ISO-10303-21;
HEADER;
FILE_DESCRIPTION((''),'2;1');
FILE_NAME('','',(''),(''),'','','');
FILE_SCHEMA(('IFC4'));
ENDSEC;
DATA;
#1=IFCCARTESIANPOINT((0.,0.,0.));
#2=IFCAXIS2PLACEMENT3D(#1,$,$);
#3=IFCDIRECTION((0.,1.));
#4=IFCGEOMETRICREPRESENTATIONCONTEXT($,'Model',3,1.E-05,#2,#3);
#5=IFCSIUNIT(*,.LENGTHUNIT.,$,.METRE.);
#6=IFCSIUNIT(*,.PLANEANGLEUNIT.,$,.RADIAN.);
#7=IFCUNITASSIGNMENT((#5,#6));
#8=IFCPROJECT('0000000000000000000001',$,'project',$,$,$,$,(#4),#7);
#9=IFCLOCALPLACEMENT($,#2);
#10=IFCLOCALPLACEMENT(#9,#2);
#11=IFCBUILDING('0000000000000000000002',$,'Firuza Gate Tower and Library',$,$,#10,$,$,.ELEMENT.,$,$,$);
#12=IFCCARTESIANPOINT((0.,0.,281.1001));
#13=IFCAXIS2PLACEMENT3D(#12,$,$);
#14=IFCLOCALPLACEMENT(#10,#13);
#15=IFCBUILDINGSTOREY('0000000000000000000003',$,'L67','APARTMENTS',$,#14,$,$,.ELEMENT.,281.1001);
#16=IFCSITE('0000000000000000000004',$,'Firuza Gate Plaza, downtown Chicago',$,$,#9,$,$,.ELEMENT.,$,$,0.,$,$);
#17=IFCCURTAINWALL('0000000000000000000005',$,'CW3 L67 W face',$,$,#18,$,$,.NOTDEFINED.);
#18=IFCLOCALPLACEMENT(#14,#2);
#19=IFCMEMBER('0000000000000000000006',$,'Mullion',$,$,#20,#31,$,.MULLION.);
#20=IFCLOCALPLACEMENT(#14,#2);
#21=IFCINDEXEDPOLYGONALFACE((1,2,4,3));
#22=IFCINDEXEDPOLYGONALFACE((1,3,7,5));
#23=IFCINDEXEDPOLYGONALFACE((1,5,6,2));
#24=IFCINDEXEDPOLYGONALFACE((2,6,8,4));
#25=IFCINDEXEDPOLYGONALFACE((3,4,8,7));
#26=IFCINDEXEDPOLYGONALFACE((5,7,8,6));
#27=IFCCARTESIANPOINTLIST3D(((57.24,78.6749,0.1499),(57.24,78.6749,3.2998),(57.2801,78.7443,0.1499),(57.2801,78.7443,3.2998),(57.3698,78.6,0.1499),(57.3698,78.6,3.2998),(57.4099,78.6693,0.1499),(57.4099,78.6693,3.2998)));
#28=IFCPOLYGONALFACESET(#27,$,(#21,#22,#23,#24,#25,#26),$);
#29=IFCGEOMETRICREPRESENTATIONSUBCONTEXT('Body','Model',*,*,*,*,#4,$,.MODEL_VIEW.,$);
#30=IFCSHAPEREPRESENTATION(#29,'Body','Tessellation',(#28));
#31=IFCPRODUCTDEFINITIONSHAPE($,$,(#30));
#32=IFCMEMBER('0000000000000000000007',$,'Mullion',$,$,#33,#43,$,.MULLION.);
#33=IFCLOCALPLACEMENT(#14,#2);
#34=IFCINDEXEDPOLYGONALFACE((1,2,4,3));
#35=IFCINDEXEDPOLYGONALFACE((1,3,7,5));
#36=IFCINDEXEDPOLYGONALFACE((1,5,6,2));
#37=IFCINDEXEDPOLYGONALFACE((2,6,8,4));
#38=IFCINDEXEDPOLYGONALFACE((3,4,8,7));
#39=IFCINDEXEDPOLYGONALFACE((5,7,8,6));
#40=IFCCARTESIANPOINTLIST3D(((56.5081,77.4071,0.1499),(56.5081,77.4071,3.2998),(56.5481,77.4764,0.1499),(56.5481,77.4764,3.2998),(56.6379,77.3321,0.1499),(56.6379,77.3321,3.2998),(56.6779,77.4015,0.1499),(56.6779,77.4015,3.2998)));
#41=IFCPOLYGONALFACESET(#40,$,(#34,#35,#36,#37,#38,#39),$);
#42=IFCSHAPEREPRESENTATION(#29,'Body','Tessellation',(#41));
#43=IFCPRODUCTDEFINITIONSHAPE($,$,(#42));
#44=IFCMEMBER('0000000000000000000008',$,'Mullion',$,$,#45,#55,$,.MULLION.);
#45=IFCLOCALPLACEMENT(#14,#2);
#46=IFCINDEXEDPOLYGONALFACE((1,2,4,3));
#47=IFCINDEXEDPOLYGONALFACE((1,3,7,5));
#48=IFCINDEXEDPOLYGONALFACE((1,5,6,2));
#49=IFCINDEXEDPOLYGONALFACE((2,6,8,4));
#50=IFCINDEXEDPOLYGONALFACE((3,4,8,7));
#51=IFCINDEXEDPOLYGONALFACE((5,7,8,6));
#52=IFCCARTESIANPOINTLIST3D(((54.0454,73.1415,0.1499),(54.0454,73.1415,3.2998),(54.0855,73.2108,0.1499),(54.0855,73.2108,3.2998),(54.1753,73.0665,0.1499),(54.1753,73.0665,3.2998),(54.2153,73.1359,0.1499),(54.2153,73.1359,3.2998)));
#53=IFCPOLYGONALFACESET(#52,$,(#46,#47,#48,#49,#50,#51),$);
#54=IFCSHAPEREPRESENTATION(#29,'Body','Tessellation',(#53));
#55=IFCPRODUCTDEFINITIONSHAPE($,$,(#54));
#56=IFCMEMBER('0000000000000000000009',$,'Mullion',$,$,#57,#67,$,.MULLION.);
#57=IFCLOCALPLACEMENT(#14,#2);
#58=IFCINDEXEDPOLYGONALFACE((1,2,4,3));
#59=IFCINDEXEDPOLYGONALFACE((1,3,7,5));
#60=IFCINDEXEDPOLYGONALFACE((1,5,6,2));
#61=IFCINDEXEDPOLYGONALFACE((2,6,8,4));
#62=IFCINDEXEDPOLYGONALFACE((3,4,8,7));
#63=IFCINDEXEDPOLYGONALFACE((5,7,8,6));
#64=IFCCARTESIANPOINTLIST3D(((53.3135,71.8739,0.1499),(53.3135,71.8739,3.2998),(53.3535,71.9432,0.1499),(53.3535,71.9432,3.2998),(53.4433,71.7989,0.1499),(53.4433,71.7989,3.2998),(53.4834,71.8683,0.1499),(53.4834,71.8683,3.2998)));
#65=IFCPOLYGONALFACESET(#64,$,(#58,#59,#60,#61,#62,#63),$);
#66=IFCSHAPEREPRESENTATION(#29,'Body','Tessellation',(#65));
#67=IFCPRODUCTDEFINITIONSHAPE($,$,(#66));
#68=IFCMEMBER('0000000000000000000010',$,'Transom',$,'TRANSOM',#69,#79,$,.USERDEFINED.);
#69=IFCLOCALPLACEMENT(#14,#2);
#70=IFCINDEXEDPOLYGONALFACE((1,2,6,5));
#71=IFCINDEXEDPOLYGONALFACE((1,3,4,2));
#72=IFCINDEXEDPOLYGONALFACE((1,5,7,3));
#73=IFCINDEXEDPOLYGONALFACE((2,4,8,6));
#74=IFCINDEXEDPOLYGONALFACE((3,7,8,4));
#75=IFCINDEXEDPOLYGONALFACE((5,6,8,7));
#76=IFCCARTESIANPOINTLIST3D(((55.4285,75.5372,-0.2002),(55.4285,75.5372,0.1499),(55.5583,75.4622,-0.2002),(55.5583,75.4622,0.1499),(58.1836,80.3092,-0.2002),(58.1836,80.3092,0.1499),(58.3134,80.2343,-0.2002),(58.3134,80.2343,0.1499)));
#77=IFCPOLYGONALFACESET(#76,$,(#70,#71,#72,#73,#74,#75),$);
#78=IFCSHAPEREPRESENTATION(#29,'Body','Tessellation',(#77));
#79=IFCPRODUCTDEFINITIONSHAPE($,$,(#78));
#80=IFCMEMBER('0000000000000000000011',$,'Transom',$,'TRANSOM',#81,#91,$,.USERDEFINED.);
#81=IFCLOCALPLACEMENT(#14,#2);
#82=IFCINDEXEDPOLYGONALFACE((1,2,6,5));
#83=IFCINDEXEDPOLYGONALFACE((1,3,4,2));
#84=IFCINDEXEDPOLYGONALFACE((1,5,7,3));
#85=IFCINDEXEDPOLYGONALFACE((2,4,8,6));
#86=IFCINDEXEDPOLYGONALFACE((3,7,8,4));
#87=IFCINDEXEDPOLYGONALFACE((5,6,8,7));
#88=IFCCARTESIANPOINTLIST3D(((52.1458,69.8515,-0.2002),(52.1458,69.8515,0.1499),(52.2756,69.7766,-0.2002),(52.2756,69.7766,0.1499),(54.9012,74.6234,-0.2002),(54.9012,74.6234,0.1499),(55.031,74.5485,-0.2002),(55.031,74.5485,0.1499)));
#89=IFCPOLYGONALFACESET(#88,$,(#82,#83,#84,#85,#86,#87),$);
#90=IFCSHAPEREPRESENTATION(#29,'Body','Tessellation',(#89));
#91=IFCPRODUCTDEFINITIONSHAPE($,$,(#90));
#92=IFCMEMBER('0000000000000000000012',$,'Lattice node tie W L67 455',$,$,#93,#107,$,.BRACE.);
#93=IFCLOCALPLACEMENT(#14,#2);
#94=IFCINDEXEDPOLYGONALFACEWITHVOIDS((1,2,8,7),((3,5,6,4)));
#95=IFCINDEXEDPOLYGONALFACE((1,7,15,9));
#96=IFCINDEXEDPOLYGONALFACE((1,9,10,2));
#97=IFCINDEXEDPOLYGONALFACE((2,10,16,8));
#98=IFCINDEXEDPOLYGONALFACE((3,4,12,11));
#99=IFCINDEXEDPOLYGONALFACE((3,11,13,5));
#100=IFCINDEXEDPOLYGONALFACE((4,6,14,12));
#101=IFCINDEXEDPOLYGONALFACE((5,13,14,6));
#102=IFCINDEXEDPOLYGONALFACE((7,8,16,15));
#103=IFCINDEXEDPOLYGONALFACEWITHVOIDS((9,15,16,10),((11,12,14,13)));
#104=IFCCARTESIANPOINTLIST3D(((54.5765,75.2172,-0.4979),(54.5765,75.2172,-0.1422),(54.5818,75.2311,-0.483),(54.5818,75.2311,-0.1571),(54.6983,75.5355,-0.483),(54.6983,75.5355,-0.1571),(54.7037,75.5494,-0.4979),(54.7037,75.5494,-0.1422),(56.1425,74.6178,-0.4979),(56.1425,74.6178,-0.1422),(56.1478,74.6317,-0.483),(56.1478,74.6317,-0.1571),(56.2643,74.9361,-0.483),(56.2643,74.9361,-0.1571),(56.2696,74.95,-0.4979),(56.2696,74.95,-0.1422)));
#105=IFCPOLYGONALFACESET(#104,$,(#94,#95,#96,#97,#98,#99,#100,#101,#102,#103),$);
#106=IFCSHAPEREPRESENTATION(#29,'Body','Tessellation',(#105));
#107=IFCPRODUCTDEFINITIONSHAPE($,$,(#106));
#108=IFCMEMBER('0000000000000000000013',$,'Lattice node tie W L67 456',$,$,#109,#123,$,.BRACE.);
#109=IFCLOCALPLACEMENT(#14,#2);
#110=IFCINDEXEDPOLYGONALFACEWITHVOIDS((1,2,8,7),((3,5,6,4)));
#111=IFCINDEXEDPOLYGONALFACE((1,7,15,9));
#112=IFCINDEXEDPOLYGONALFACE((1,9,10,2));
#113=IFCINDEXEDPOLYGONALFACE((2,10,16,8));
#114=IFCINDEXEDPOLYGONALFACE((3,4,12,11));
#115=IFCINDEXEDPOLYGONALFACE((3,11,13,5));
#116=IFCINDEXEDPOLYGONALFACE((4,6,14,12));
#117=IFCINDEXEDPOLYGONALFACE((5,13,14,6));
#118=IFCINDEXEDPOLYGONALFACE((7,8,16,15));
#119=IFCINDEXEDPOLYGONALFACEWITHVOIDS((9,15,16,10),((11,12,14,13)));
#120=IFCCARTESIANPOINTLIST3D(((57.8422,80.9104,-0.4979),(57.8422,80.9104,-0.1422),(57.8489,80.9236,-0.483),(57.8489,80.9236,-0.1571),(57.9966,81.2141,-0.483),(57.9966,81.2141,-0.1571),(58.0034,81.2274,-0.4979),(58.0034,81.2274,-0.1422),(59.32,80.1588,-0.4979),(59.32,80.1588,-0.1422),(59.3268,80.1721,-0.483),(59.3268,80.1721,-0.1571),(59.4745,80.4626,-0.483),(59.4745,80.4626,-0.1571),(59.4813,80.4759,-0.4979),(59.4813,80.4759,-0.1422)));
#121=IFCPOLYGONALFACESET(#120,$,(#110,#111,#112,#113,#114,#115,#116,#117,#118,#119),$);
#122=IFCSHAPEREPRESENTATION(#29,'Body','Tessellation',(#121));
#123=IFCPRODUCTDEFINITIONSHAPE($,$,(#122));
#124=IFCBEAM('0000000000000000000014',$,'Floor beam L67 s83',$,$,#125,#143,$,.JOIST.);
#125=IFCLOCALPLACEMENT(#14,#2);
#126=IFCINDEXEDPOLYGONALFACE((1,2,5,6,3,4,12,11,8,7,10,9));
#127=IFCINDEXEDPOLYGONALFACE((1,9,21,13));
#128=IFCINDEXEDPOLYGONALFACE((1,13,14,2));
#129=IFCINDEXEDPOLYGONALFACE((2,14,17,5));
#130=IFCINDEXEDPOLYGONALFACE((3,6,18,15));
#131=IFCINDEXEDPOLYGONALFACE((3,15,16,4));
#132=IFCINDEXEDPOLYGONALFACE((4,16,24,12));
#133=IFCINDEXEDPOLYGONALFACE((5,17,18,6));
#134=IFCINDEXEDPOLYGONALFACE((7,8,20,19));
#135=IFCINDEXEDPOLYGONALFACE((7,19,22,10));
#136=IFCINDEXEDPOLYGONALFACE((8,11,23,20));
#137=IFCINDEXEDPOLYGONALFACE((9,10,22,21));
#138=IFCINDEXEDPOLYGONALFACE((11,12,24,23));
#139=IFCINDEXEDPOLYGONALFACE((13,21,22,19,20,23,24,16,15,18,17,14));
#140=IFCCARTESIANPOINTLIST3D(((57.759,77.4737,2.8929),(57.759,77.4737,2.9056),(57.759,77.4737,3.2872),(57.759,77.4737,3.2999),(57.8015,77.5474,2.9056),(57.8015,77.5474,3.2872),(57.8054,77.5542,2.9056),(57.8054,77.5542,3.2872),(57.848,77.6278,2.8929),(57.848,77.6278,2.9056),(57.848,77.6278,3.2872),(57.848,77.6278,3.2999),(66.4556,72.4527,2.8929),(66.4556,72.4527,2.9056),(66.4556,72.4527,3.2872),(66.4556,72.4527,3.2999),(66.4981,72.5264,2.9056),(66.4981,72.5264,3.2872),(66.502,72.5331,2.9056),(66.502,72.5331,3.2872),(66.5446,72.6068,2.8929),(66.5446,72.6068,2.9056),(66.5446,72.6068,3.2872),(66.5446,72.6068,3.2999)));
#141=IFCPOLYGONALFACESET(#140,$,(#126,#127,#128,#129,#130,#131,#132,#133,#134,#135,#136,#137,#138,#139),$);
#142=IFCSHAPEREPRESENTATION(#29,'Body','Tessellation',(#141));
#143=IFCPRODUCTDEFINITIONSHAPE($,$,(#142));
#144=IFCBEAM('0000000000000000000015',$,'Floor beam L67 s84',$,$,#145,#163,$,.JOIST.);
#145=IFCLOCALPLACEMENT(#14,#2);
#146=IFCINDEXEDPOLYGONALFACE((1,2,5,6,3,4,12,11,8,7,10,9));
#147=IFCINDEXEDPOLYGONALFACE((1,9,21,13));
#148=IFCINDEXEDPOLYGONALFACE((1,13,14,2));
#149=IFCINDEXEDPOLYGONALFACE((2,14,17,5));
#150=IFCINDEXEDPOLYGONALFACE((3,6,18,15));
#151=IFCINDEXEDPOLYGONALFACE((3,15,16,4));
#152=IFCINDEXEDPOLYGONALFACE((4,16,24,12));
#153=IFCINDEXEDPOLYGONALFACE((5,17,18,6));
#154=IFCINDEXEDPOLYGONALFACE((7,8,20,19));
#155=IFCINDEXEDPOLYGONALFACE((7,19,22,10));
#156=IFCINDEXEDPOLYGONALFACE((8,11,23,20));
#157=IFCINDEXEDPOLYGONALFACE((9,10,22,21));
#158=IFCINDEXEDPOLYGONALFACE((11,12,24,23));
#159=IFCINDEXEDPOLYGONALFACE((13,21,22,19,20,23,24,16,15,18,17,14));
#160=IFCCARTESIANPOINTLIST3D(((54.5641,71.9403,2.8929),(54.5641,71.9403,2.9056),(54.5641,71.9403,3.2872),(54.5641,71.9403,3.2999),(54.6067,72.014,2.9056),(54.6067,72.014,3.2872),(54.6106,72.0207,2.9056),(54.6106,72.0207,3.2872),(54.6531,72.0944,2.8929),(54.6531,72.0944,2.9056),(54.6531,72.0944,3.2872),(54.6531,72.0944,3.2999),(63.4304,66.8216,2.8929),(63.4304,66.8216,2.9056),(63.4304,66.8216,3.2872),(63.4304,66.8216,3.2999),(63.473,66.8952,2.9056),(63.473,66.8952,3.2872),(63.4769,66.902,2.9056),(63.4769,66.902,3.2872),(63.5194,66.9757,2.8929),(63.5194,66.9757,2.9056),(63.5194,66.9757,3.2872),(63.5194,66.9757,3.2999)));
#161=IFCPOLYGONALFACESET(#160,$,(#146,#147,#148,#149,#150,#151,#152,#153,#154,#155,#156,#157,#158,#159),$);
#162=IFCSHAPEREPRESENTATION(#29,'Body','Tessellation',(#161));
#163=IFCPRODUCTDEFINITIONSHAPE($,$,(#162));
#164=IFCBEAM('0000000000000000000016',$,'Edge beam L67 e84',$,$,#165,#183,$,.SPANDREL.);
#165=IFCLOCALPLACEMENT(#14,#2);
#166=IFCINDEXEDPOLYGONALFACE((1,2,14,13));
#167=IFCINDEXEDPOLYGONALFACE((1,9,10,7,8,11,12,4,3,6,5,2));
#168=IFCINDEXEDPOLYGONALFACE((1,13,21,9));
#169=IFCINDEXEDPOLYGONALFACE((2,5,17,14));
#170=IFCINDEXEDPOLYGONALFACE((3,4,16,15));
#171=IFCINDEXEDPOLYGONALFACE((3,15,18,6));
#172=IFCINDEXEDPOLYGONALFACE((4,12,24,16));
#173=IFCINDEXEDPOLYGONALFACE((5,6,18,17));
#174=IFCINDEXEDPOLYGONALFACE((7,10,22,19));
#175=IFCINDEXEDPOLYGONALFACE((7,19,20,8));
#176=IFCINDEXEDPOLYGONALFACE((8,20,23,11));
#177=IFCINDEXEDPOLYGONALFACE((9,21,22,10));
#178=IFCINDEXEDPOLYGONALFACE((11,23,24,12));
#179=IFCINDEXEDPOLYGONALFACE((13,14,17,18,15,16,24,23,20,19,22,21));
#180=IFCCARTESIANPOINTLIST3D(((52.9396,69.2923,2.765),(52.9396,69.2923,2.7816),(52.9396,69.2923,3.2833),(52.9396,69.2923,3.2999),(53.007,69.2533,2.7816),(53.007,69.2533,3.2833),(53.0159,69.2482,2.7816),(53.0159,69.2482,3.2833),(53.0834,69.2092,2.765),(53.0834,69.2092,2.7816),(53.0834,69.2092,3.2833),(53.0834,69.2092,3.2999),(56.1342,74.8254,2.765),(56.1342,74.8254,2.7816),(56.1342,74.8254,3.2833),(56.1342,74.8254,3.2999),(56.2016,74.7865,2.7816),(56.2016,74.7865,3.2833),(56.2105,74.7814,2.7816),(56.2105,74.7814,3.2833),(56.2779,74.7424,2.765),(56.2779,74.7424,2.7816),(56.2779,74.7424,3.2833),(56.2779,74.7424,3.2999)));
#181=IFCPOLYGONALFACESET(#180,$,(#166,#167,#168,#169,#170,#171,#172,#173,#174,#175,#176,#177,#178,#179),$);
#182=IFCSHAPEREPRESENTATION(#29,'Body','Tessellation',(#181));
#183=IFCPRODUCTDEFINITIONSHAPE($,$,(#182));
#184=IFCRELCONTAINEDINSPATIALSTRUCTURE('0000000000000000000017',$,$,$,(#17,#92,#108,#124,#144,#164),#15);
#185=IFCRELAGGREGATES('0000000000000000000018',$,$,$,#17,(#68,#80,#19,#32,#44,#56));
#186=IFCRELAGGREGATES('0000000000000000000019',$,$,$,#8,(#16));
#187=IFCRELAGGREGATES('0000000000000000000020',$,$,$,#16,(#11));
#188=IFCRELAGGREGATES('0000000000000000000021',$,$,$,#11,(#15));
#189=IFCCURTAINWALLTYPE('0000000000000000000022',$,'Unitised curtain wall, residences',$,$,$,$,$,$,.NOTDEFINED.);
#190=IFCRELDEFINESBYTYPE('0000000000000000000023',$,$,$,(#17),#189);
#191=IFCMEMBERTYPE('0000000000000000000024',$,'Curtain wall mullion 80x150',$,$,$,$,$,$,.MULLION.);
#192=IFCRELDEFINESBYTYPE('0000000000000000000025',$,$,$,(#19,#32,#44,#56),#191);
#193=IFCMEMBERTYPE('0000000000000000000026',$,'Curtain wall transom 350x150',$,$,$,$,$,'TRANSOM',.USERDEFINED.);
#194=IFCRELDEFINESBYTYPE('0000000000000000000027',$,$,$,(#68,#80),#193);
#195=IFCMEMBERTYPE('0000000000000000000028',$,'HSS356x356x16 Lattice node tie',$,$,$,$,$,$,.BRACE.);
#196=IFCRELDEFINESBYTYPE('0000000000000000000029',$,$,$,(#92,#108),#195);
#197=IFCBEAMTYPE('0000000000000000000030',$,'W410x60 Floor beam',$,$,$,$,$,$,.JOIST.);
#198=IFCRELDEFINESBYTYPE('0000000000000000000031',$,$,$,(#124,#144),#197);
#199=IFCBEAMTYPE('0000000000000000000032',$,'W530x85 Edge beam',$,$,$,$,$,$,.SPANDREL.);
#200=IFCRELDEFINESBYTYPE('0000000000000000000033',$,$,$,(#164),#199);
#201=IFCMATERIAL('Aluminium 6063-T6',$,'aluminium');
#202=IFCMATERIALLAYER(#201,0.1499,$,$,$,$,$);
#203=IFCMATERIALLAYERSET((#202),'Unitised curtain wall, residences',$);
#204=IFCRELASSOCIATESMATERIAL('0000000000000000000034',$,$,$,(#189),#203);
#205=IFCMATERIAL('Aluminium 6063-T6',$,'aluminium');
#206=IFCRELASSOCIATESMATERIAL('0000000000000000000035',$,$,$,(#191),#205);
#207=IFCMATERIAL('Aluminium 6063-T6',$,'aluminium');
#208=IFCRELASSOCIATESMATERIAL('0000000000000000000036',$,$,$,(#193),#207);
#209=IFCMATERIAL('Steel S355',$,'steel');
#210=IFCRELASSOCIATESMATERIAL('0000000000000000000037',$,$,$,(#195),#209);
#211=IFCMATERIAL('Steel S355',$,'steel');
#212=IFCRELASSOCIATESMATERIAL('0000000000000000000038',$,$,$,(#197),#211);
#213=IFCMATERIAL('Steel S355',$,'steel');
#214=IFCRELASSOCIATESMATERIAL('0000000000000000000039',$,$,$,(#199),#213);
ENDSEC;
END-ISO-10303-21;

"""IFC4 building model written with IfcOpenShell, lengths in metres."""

from ifc_helpers import new_model, si_unit, direction, frame, origin, origin_2d, place, context, subcontext, project, spatial, rectangle, hollow_rectangle, i_section, extrude, material, layer, layer_set, material_profile, profile_set, type_object, element, aggregate, save


model = new_model("IFC4")

# Units and contexts
model_context = context("Model", 3, precision=1e-05, world=origin(), true_north=direction((0.0, 1.0)))
body_context = subcontext(model_context, "Body", "Model", "MODEL_VIEW")
ifc_project = project(units=[si_unit("LENGTHUNIT", "METRE"), si_unit("PLANEANGLEUNIT", "RADIAN")], contexts=[model_context])

# Site, building, storey
site_placement = place(None, origin())
site = spatial("IfcSite", under=ifc_project, at=site_placement, Name="Firuza Gate Plaza, downtown Chicago", CompositionType="ELEMENT", RefElevation=0.0)
building_placement = place(site_placement, origin())
building = spatial("IfcBuilding", under=site, at=building_placement, Name="Firuza Gate Tower and Library", CompositionType="ELEMENT")
storey_placement = place(building_placement, frame((0.0, 0.0, 281.1001)))
storey = spatial("IfcBuildingStorey", under=building, at=storey_placement, Name="L67", Description="APARTMENTS", CompositionType="ELEMENT", Elevation=281.1001)

# Curtain wall, members
ifc_material_1 = material(Name="Aluminium 6063-T6", Category="aluminium")
ifc_layer_1 = layer(ifc_material_1, 0.1499)
ifc_layer_set_1 = layer_set([ifc_layer_1], Name="Unitised curtain wall, residences")
curtain_wall_type = type_object("IfcCurtainWallType", Name="Unitised curtain wall, residences", PredefinedType="NOTDEFINED", material=ifc_layer_set_1)
curtain_wall_placement = place(storey_placement, origin())
curtain_wall = element("IfcCurtainWall", 1, at=curtain_wall_placement, inside=storey, type_object=curtain_wall_type, Name="CW3 L67 W face", PredefinedType="NOTDEFINED")
ifc_material_2 = material(Name="Aluminium 6063-T6", Category="aluminium")
ifc_material_profile_1 = material_profile(ifc_material_2, rectangle(XDim=0.1499, YDim=0.0801, at=origin_2d()))
ifc_profile_set_1 = profile_set([ifc_material_profile_1], Name="Aluminium 6063-T6")
member_type_1 = type_object("IfcMemberType", Name="Curtain wall mullion 80x150", PredefinedType="MULLION", material=ifc_profile_set_1)
member_1_placement = place(storey_placement, frame((57.325, 78.6721, 0.1499), z_axis=(0.0, 0.0, 1.0), x_axis=(0.866025, -0.5, 0.0)))
member_1 = element("IfcMember", 2, at=member_1_placement, type_object=member_type_1, Name="Mullion", PredefinedType="MULLION", context=body_context, shape_type="SweptSolid", body=[
    extrude(rectangle(XDim=0.1499, YDim=0.0801, at=origin_2d()), origin(), (0.0, 0.0, 1.0), 3.1499),
])
member_2_placement = place(storey_placement, frame((56.593, 77.4043, 0.1499), z_axis=(0.0, 0.0, 1.0), x_axis=(0.866025, -0.5, 0.0)))
member_2 = element("IfcMember", 3, at=member_2_placement, type_object=member_type_1, Name="Mullion", PredefinedType="MULLION", context=body_context, shape_type="SweptSolid", body=[
    extrude(rectangle(XDim=0.1499, YDim=0.0801, at=origin_2d()), origin(), (0.0, 0.0, 1.0), 3.1499),
])
member_3_placement = place(storey_placement, frame((54.1304, 73.1387, 0.1499), z_axis=(0.0, 0.0, 1.0), x_axis=(0.866025, -0.5, 0.0)))
member_3 = element("IfcMember", 4, at=member_3_placement, type_object=member_type_1, Name="Mullion", PredefinedType="MULLION", context=body_context, shape_type="SweptSolid", body=[
    extrude(rectangle(XDim=0.1499, YDim=0.0801, at=origin_2d()), origin(), (0.0, 0.0, 1.0), 3.1499),
])
member_4_placement = place(storey_placement, frame((53.3984, 71.8711, 0.1499), z_axis=(0.0, 0.0, 1.0), x_axis=(0.866025, -0.5, 0.0)))
member_4 = element("IfcMember", 5, at=member_4_placement, type_object=member_type_1, Name="Mullion", PredefinedType="MULLION", context=body_context, shape_type="SweptSolid", body=[
    extrude(rectangle(XDim=0.1499, YDim=0.0801, at=origin_2d()), origin(), (0.0, 0.0, 1.0), 3.1499),
])
ifc_material_3 = material(Name="Aluminium 6063-T6", Category="aluminium")
ifc_material_profile_2 = material_profile(ifc_material_3, rectangle(XDim=0.1499, YDim=0.3501, at=origin_2d()))
ifc_profile_set_2 = profile_set([ifc_material_profile_2], Name="Aluminium 6063-T6")
member_type_2 = type_object("IfcMemberType", Name="Curtain wall transom 350x150", ElementType="TRANSOM", PredefinedType="USERDEFINED", material=ifc_profile_set_2)
member_5_placement = place(storey_placement, frame((58.2485, 80.2717, -0.0251), z_axis=(-0.500004, -0.866023, 0.0), x_axis=(0.866023, -0.500004, 0.0)))
member_5 = element("IfcMember", 6, at=member_5_placement, type_object=member_type_2, Name="Transom", ObjectType="TRANSOM", PredefinedType="USERDEFINED", context=body_context, shape_type="SweptSolid", body=[
    extrude(rectangle(XDim=0.1499, YDim=0.3501, at=origin_2d()), origin(), (0.0, 0.0, 1.0), 5.5103),
])
member_6_placement = place(storey_placement, frame((54.9661, 74.5859, -0.0251), z_axis=(-0.500037, -0.866004, 0.0), x_axis=(0.866004, -0.500037, 0.0)))
member_6 = element("IfcMember", 7, at=member_6_placement, type_object=member_type_2, Name="Transom", ObjectType="TRANSOM", PredefinedType="USERDEFINED", context=body_context, shape_type="SweptSolid", body=[
    extrude(rectangle(XDim=0.1499, YDim=0.3501, at=origin_2d()), origin(), (0.0, 0.0, 1.0), 5.5103),
])

# Members
ifc_material_4 = material(Name="Steel S355", Category="steel")
ifc_material_profile_3 = material_profile(ifc_material_4, hollow_rectangle(XDim=0.3557, YDim=0.3557, WallThickness=0.0149, at=origin_2d()))
ifc_profile_set_3 = profile_set([ifc_material_profile_3], Name="Steel S355")
member_type_3 = type_object("IfcMemberType", Name="HSS356x356x16 Lattice node tie", PredefinedType="BRACE", material=ifc_profile_set_3)
member_7_placement = place(storey_placement, frame((56.2061, 74.7839, -0.3201), z_axis=(-0.933926, 0.357466, 0.0), x_axis=(-0.357466, -0.933926, 0.0)))
element("IfcMember", 8, at=member_7_placement, inside=storey, type_object=member_type_3, Name="Lattice node tie W L67 455", PredefinedType="BRACE", context=body_context, shape_type="SweptSolid", body=[
    extrude(hollow_rectangle(XDim=0.3557, YDim=0.3557, WallThickness=0.0149, at=origin_2d()), origin(), (0.0, 0.0, 1.0), 1.6768),
])
member_8_placement = place(storey_placement, frame((59.4006, 80.3174, -0.3201), z_axis=(-0.891373, 0.45327, 0.0), x_axis=(-0.45327, -0.891373, 0.0)))
element("IfcMember", 9, at=member_8_placement, inside=storey, type_object=member_type_3, Name="Lattice node tie W L67 456", PredefinedType="BRACE", context=body_context, shape_type="SweptSolid", body=[
    extrude(hollow_rectangle(XDim=0.3557, YDim=0.3557, WallThickness=0.0149, at=origin_2d()), origin(), (0.0, 0.0, 1.0), 1.658),
])

# Beams
ifc_material_5 = material(Name="Steel S355", Category="steel")
ifc_material_profile_4 = material_profile(ifc_material_5, i_section(OverallWidth=0.178, OverallDepth=0.407, WebThickness=0.0078, FlangeThickness=0.0127, at=origin_2d()))
ifc_profile_set_4 = profile_set([ifc_material_profile_4], Name="Steel S355")
beam_type_1 = type_object("IfcBeamType", Name="W410x60 Floor beam", PredefinedType="JOIST", material=ifc_profile_set_4)
beam_1_placement = place(storey_placement, frame((57.8035, 77.5508, 3.0964), z_axis=(0.866023, -0.500004, 0.0), x_axis=(0.500004, 0.866023, 0.0)))
element("IfcBeam", 10, at=beam_1_placement, inside=storey, type_object=beam_type_1, Name="Floor beam L67 s83", PredefinedType="JOIST", context=body_context, shape_type="SweptSolid", body=[
    extrude(i_section(OverallWidth=0.178, OverallDepth=0.407, WebThickness=0.0078, FlangeThickness=0.0127, at=origin_2d()), origin(), (0.0, 0.0, 1.0), 10.042),
])
beam_2_placement = place(storey_placement, frame((54.6086, 72.0173, 3.0964), z_axis=(0.866036, -0.499981, 0.0), x_axis=(0.499981, 0.866036, 0.0)))
element("IfcBeam", 11, at=beam_2_placement, inside=storey, type_object=beam_type_1, Name="Floor beam L67 s84", PredefinedType="JOIST", context=body_context, shape_type="SweptSolid", body=[
    extrude(i_section(OverallWidth=0.178, OverallDepth=0.407, WebThickness=0.0078, FlangeThickness=0.0127, at=origin_2d()), origin(), (0.0, 0.0, 1.0), 10.2378),
])
ifc_material_6 = material(Name="Steel S355", Category="steel")
ifc_material_profile_5 = material_profile(ifc_material_6, i_section(OverallWidth=0.166, OverallDepth=0.5349, WebThickness=0.0103, FlangeThickness=0.0166, at=origin_2d()))
ifc_profile_set_5 = profile_set([ifc_material_profile_5], Name="Steel S355")
beam_type_2 = type_object("IfcBeamType", Name="W530x85 Edge beam", PredefinedType="SPANDREL", material=ifc_profile_set_5)
beam_3_placement = place(storey_placement, frame((56.2061, 74.7839, 3.0325), z_axis=(-0.499998, -0.866027, 0.0), x_axis=(0.866027, -0.499998, 0.0)))
element("IfcBeam", 12, at=beam_3_placement, inside=storey, type_object=beam_type_2, Name="Edge beam L67 e84", PredefinedType="SPANDREL", context=body_context, shape_type="SweptSolid", body=[
    extrude(i_section(OverallWidth=0.166, OverallDepth=0.5349, WebThickness=0.0103, FlangeThickness=0.0166, at=origin_2d()), origin(), (0.0, 0.0, 1.0), 6.3892),
])

aggregate(curtain_wall, [member_5, member_6, member_1, member_2, member_3, member_4])

save(model, "model.ifc")
